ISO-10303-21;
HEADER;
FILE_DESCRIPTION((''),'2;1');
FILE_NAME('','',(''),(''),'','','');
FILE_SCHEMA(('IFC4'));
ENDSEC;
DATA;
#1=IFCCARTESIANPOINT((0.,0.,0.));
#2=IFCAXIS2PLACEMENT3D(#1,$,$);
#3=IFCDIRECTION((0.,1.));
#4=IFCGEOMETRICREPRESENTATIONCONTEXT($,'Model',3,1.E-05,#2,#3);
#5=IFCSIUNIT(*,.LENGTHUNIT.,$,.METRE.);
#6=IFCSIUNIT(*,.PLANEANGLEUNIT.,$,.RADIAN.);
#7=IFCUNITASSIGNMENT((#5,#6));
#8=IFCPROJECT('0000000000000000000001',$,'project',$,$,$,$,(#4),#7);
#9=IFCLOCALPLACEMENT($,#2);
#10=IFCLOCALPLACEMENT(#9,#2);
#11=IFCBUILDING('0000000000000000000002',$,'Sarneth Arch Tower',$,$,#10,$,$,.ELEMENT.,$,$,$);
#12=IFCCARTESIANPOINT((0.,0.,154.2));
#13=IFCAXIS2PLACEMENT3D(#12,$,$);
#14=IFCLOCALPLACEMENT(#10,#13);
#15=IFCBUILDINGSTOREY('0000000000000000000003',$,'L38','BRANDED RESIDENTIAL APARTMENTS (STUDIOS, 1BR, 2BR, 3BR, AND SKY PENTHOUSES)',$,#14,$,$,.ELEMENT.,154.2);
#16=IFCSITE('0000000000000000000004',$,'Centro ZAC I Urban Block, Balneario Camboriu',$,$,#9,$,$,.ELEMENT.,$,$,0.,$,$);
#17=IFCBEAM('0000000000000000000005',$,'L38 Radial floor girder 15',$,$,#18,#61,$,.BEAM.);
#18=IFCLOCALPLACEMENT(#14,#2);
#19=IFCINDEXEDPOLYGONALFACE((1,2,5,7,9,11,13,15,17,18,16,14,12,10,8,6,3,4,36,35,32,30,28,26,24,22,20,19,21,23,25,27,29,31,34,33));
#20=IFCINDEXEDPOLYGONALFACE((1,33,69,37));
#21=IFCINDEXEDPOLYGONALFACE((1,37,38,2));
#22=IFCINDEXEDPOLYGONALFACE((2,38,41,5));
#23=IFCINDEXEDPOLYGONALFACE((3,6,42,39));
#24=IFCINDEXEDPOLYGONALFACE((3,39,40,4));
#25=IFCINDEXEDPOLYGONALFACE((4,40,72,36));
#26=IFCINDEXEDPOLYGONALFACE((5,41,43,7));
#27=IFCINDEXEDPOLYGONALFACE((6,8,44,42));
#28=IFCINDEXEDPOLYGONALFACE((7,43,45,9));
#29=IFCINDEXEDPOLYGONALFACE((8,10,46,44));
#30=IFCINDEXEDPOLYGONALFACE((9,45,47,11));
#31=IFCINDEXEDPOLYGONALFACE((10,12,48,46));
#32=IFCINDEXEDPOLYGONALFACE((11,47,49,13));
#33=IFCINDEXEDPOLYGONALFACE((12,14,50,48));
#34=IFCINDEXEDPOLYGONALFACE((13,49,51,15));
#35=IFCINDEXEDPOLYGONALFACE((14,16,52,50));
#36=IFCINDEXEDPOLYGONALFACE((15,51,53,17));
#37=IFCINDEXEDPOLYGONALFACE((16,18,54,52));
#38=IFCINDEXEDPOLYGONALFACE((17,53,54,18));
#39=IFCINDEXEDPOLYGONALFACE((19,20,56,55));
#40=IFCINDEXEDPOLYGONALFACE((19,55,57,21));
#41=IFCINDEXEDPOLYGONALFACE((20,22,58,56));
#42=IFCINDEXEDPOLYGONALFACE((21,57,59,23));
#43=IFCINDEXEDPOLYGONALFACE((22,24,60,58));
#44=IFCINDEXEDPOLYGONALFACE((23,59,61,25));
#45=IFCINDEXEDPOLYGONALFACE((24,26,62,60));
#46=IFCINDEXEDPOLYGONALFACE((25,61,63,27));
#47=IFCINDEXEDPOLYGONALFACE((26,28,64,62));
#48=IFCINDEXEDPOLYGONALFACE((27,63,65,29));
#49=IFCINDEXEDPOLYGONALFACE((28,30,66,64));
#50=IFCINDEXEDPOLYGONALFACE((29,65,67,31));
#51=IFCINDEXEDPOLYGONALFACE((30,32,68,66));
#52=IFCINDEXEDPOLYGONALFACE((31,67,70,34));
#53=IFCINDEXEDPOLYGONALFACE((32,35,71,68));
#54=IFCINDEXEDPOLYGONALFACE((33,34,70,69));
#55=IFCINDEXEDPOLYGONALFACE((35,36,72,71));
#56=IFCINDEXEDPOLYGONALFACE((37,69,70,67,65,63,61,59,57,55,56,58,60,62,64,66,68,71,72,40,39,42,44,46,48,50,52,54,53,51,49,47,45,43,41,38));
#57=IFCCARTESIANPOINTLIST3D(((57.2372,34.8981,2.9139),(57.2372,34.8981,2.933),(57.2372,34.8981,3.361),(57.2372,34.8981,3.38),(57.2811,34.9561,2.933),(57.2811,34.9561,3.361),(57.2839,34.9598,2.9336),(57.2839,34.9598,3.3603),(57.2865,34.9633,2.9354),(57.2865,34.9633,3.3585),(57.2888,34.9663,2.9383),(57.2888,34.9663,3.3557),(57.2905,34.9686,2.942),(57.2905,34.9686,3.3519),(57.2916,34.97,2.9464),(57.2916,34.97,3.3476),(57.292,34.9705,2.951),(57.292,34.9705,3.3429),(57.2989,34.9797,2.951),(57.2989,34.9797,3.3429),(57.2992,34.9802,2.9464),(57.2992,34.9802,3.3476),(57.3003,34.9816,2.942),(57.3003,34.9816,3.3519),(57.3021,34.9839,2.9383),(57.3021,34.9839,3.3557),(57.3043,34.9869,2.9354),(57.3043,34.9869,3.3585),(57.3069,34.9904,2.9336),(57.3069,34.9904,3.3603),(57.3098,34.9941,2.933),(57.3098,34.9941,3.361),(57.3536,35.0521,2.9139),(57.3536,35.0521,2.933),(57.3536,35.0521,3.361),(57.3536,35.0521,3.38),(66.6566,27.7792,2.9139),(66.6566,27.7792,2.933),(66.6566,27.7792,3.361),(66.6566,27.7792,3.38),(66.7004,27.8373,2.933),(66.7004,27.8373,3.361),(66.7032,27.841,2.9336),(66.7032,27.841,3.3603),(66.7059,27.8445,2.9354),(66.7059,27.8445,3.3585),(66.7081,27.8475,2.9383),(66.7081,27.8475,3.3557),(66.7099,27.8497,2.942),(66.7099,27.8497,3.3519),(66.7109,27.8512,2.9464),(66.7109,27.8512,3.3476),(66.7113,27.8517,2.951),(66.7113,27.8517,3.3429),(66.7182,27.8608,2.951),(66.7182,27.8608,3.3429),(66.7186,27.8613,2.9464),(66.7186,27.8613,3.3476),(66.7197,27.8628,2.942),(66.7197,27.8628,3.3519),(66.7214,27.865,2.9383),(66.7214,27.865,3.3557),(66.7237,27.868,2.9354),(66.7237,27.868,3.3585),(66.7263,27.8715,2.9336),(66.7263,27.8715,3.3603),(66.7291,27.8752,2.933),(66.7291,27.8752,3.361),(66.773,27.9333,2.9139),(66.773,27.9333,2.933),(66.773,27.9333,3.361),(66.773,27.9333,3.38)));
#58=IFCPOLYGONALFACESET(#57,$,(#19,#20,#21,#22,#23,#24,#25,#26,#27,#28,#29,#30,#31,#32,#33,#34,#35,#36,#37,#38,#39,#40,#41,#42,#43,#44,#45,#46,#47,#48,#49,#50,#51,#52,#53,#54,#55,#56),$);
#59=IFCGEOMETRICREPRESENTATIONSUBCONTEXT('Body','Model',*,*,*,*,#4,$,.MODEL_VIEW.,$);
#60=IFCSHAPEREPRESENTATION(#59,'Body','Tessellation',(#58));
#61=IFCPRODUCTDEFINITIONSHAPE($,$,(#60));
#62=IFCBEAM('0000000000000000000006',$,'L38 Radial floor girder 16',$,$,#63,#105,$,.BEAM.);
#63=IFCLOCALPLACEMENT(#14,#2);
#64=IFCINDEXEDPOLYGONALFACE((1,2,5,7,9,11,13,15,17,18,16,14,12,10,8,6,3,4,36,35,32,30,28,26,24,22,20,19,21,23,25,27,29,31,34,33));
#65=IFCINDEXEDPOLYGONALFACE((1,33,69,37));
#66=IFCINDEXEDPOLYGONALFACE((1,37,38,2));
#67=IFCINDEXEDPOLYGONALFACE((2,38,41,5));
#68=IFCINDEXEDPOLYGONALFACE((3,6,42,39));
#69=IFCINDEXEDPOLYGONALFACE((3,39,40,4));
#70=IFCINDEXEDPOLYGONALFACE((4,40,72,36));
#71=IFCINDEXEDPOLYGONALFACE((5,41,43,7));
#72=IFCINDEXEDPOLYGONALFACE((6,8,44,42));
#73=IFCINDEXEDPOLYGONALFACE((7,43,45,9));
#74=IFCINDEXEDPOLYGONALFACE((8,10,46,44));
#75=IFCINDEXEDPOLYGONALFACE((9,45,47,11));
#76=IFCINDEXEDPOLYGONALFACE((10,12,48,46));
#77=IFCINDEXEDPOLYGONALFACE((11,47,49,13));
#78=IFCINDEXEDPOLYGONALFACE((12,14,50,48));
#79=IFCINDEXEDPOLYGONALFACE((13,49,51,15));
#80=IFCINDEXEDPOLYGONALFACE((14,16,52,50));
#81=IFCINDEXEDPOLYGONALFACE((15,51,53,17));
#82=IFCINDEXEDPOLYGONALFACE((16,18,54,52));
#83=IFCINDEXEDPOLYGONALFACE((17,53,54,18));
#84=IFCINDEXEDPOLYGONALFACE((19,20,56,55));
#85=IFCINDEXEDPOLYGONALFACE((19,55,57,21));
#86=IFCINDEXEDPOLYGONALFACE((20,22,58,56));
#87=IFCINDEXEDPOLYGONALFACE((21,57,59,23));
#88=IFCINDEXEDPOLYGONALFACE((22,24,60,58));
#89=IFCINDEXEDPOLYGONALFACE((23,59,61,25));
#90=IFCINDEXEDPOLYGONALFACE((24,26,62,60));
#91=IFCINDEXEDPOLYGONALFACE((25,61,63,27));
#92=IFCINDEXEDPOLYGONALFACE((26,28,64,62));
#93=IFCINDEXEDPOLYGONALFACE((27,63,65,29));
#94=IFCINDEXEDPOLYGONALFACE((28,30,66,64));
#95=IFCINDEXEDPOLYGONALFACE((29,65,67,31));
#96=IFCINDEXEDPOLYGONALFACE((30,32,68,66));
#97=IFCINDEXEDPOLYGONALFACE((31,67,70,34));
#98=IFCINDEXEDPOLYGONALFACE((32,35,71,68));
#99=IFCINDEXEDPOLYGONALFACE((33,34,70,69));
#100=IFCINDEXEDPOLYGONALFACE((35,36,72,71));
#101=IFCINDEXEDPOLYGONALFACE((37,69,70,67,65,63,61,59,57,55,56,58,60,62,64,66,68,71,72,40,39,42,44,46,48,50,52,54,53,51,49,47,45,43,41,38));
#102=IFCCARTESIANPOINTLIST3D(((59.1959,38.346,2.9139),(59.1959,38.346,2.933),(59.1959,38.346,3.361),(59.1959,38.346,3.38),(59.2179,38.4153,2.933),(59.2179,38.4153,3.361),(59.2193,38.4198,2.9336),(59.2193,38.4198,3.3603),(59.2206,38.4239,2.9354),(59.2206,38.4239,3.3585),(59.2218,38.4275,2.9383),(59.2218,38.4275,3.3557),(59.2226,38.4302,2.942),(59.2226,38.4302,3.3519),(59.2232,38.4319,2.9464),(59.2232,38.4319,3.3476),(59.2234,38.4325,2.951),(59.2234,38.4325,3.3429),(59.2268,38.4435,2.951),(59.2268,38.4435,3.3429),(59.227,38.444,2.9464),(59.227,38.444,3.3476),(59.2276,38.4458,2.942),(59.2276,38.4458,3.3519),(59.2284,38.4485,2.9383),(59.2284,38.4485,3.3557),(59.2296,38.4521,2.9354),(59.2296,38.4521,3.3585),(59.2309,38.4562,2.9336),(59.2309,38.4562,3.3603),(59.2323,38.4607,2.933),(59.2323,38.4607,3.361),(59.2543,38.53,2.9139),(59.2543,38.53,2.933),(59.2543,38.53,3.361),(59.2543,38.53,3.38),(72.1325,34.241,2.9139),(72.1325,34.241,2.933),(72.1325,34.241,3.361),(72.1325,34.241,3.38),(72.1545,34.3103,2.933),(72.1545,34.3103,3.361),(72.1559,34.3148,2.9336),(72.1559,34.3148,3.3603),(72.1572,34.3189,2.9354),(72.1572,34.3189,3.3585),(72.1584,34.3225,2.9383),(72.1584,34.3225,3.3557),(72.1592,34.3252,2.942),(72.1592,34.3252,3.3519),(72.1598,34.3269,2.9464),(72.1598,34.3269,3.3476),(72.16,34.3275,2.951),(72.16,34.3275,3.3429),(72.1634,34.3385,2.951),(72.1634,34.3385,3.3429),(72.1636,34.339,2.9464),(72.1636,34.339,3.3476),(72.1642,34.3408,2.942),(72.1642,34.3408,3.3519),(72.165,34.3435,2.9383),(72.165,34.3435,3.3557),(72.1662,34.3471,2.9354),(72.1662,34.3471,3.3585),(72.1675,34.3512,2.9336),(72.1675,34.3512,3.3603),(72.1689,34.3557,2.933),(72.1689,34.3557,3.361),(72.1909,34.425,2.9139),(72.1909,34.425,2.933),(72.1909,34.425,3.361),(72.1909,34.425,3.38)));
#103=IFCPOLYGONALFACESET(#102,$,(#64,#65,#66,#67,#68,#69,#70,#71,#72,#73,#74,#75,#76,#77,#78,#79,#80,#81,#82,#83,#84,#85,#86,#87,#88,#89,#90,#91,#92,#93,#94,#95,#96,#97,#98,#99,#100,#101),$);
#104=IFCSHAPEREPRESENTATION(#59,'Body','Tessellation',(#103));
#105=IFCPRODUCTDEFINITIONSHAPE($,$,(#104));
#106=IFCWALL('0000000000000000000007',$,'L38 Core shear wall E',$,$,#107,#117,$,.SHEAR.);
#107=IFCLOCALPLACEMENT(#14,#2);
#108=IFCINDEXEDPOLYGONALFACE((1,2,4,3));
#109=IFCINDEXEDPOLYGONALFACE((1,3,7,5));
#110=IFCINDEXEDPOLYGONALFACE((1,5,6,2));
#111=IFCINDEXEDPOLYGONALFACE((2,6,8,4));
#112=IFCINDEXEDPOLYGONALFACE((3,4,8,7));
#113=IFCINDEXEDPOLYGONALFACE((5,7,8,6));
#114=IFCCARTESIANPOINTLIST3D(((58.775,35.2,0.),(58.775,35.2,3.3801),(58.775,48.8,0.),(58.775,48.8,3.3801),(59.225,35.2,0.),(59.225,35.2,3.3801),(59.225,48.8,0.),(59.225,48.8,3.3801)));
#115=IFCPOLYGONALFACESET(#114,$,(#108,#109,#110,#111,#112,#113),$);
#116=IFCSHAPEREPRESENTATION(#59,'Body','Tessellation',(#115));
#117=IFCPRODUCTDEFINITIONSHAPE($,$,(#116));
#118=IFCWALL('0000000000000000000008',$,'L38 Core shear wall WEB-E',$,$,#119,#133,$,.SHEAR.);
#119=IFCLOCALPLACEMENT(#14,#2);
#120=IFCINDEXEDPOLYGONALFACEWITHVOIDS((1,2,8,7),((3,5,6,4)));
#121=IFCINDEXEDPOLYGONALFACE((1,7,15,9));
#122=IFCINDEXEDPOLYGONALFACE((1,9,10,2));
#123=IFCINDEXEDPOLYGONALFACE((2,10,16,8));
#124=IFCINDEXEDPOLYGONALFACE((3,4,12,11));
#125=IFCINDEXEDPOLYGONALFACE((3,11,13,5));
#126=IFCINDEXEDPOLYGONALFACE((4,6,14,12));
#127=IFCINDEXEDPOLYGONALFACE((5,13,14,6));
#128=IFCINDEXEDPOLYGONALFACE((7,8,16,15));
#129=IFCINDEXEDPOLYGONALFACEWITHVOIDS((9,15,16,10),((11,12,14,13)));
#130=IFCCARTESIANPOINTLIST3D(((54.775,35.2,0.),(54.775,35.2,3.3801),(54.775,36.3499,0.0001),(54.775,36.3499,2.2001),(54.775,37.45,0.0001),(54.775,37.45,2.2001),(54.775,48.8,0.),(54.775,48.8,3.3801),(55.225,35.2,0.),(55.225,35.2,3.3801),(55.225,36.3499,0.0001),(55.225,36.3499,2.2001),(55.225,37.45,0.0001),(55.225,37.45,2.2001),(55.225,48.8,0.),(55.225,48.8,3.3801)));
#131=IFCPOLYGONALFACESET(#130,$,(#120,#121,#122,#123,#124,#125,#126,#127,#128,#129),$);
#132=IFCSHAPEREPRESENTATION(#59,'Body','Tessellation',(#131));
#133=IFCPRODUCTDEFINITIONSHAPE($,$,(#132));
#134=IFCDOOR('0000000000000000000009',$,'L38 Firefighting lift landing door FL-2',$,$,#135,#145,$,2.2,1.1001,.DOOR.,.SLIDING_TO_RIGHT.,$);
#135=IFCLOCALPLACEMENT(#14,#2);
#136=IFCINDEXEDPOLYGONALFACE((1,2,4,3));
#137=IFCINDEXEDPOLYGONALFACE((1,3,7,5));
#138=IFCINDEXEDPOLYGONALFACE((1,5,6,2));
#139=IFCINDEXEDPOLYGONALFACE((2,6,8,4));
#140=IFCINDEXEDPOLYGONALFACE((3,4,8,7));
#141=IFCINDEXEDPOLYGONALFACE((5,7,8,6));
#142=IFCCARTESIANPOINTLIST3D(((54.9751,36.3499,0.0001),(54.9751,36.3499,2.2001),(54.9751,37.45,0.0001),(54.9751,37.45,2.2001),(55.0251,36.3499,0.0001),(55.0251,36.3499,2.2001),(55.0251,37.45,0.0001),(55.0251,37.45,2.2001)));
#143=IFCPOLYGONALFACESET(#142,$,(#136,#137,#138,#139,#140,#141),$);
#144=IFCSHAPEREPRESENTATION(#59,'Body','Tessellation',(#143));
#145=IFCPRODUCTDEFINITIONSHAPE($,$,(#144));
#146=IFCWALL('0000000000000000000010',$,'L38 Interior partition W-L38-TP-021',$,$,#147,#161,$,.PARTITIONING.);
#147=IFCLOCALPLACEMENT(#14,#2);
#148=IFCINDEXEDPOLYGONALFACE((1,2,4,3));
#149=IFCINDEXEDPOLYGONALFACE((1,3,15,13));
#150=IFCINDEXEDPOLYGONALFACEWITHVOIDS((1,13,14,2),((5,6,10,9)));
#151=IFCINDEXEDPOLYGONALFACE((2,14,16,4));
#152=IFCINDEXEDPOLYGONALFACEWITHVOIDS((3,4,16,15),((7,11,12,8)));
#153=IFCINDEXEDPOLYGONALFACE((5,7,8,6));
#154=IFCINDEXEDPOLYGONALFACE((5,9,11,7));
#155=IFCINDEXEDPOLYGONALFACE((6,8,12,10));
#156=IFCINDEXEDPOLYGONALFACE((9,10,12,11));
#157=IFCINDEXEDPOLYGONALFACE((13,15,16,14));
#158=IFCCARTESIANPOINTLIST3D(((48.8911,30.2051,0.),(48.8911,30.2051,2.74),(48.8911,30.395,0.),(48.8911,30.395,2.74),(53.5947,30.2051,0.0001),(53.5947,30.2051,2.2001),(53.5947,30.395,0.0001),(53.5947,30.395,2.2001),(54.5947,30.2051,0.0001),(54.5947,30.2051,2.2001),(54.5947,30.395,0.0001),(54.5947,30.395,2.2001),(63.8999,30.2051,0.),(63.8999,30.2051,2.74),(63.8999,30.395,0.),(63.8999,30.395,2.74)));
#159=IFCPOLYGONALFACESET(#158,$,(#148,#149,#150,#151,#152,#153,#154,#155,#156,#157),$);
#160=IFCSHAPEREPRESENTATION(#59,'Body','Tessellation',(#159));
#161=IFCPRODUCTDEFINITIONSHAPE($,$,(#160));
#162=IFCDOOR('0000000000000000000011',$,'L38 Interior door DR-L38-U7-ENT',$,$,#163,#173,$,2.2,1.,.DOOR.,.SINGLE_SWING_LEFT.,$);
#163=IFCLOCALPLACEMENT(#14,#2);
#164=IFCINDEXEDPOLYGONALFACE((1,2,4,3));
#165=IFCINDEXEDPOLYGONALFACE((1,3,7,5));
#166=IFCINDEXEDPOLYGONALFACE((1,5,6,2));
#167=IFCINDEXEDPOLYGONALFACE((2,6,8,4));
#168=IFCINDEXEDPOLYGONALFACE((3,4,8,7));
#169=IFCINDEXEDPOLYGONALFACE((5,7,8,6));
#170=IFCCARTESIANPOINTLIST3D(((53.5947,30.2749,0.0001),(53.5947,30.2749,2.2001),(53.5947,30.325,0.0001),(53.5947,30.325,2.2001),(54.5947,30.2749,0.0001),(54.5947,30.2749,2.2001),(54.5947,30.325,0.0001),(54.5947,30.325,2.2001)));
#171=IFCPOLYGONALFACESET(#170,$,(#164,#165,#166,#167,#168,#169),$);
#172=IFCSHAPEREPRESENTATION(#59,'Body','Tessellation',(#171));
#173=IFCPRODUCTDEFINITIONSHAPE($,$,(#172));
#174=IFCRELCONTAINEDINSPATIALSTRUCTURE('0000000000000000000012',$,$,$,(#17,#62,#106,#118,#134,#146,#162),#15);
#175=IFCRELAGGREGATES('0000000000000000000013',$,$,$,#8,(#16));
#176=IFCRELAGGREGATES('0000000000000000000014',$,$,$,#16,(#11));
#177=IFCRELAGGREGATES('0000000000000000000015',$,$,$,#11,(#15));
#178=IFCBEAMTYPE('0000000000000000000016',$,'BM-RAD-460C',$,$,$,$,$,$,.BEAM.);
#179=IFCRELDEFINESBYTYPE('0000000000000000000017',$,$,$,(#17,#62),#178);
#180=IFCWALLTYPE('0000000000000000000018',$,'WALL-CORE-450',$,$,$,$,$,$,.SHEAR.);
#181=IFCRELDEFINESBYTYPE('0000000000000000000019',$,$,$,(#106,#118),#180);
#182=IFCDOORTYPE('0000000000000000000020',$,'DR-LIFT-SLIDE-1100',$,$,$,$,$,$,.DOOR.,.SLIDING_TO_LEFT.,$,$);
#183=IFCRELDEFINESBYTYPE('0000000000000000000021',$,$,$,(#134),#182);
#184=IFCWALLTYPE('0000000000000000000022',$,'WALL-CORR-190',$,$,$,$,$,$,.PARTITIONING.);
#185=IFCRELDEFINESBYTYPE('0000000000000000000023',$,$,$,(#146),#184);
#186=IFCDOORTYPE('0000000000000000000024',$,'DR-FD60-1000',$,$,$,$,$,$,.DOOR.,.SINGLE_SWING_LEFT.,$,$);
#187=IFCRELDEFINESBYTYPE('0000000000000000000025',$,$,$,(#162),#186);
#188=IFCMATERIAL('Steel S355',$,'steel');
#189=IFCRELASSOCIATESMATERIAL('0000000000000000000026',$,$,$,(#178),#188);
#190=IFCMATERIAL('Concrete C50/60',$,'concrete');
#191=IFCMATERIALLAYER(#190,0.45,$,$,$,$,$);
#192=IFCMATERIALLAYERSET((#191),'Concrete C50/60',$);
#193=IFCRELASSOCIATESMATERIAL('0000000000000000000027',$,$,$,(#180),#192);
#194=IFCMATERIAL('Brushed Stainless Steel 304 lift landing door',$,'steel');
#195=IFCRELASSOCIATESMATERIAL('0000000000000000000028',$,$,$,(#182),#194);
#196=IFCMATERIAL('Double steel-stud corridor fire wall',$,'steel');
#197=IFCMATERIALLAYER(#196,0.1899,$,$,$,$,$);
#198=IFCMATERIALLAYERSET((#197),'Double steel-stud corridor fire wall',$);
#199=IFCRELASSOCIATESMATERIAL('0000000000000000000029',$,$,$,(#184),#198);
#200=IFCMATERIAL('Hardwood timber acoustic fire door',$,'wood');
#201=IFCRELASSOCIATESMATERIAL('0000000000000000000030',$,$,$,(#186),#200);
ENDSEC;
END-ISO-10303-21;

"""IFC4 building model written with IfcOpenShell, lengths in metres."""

from ifc_helpers import new_model, si_unit, direction, frame, frame_2d, origin, origin_2d, place, context, subcontext, project, spatial, rectangle, i_section, extrude, material, layer, layer_set, material_profile, profile_set, type_object, element, fill, save


model = new_model("IFC4")

# Units and contexts
model_context = context("Model", 3, precision=1e-05, world=origin(), true_north=direction((0.0, 1.0)))
body_context = subcontext(model_context, "Body", "Model", "MODEL_VIEW")
ifc_project = project(units=[si_unit("LENGTHUNIT", "METRE"), si_unit("PLANEANGLEUNIT", "RADIAN")], contexts=[model_context])

# Site, building, storey
site_placement = place(None, origin())
site = spatial("IfcSite", under=ifc_project, at=site_placement, Name="Centro ZAC I Urban Block, Balneario Camboriu", CompositionType="ELEMENT", RefElevation=0.0)
building_placement = place(site_placement, origin())
building = spatial("IfcBuilding", under=site, at=building_placement, Name="Sarneth Arch Tower", CompositionType="ELEMENT")
storey_placement = place(building_placement, frame((0.0, 0.0, 154.2)))
storey = spatial("IfcBuildingStorey", under=building, at=storey_placement, Name="L38", Description="BRANDED RESIDENTIAL APARTMENTS (STUDIOS, 1BR, 2BR, 3BR, AND SKY PENTHOUSES)", CompositionType="ELEMENT", Elevation=154.2)

# Beams
ifc_material_1 = material(Name="Steel S355", Category="steel")
ifc_material_profile_1 = material_profile(ifc_material_1, i_section(OverallWidth=0.1931, OverallDepth=0.4661, WebThickness=0.0115, FlangeThickness=0.019, FilletRadius=0.0181, at=origin_2d()), Name="W460x97")
ifc_profile_set_1 = profile_set([ifc_material_profile_1], Name="Steel S355")
beam_type_1 = type_object("IfcBeamType", Name="BM-RAD-460C", PredefinedType="BEAM", material=ifc_profile_set_1)
beam_1_placement = place(storey_placement, frame((57.2954, 34.9751, 3.147), z_axis=(0.797786, -0.60294, 0.0), x_axis=(0.60294, 0.797786, 0.0)))
element("IfcBeam", 1, at=beam_1_placement, inside=storey, type_object=beam_type_1, Name="L38 Radial floor girder 15", PredefinedType="BEAM", context=body_context, shape_type="SweptSolid", body=[
    extrude(i_section(OverallWidth=0.1931, OverallDepth=0.4661, WebThickness=0.0115, FlangeThickness=0.019, FilletRadius=0.0181, at=origin_2d()), origin(), (0.0, 0.0, 1.0), 11.8069),
])
beam_2_placement = place(storey_placement, frame((59.2251, 38.438, 3.147), z_axis=(0.953164, -0.302455, 0.0), x_axis=(0.302455, 0.953164, 0.0)))
element("IfcBeam", 2, at=beam_2_placement, inside=storey, type_object=beam_type_1, Name="L38 Radial floor girder 16", PredefinedType="BEAM", context=body_context, shape_type="SweptSolid", body=[
    extrude(i_section(OverallWidth=0.1931, OverallDepth=0.4661, WebThickness=0.0115, FlangeThickness=0.019, FilletRadius=0.0181, at=origin_2d()), origin(), (0.0, 0.0, 1.0), 13.5723),
])

# Shared definitions
ifc_material_2 = material(Name="Concrete C50/60", Category="concrete")
ifc_layer_1 = layer(ifc_material_2, 0.45)
ifc_layer_set_1 = layer_set([ifc_layer_1], Name="Concrete C50/60")
wall_type_1 = type_object("IfcWallType", Name="WALL-CORE-450", PredefinedType="SHEAR", material=ifc_layer_set_1)

# Wall
wall_1_placement = place(storey_placement, frame((59.0, 35.2, 0.0), z_axis=(0.0, 0.0, 1.0), x_axis=(0.0, 1.0, 0.0)))
element("IfcWall", 3, at=wall_1_placement, inside=storey, type_object=wall_type_1, Name="L38 Core shear wall E", PredefinedType="SHEAR", context=body_context, shape_type="SweptSolid", body=[
    extrude(rectangle(XDim=13.6001, YDim=0.45, at=frame_2d((6.8, 0.0))), origin(), (0.0, 0.0, 1.0), 3.3801),
])

# Walls, openings, doors
wall_2_placement = place(storey_placement, frame((55.0, 35.2, 0.0), z_axis=(0.0, 0.0, 1.0), x_axis=(0.0, 1.0, 0.0)))
wall_2 = element("IfcWall", 4, at=wall_2_placement, inside=storey, type_object=wall_type_1, Name="L38 Core shear wall WEB-E", PredefinedType="SHEAR", context=body_context, shape_type="SweptSolid", body=[
    extrude(rectangle(XDim=13.6001, YDim=0.45, at=frame_2d((6.8, 0.0))), origin(), (0.0, 0.0, 1.0), 3.3801),
])
opening_1_placement = place(wall_2_placement, frame((1.1499, 0.0, 0.0)))
opening_1 = element("IfcOpeningElement", 5, at=opening_1_placement, cuts=wall_2, PredefinedType="OPENING", context=body_context, shape_type="SweptSolid", body=[
    extrude(rectangle(XDim=1.1001, YDim=2.2, at=frame_2d((0.55, 1.1001))), frame((0.0, 0.2349, 0.0), z_axis=(0.0, -1.0, 0.0), x_axis=(1.0, 0.0, 0.0)), (0.0, 0.0, 1.0), 0.47),
])
ifc_material_3 = material(Name="Brushed Stainless Steel 304 lift landing door", Category="steel")
door_type_1 = type_object("IfcDoorType", Name="DR-LIFT-SLIDE-1100", OperationType="SLIDING_TO_LEFT", PredefinedType="DOOR", material=ifc_material_3)
door_1_placement = place(opening_1_placement, origin())
door_1 = element("IfcDoor", 6, at=door_1_placement, inside=storey, type_object=door_type_1, Name="L38 Firefighting lift landing door FL-2", OperationType="SLIDING_TO_RIGHT", OverallHeight=2.2, OverallWidth=1.1001, PredefinedType="DOOR", context=body_context, shape_type="SweptSolid", body=[
    extrude(rectangle(XDim=1.1001, YDim=2.2, at=frame_2d((0.55, 1.1001))), frame((0.0, 0.0249, 0.0), z_axis=(0.0, -1.0, 0.0), x_axis=(1.0, 0.0, 0.0)), (0.0, 0.0, 1.0), 0.05),
])
fill(opening_1, door_1)
ifc_material_4 = material(Name="Double steel-stud corridor fire wall", Category="steel")
ifc_layer_2 = layer(ifc_material_4, 0.1899)
ifc_layer_set_2 = layer_set([ifc_layer_2], Name="Double steel-stud corridor fire wall")
wall_type_2 = type_object("IfcWallType", Name="WALL-CORR-190", PredefinedType="PARTITIONING", material=ifc_layer_set_2)
wall_3_placement = place(storey_placement, frame((48.8911, 30.3, 0.0), z_axis=(0.0, 0.0, 1.0), x_axis=(1.0, 0.0, 0.0)))
wall_3 = element("IfcWall", 7, at=wall_3_placement, inside=storey, type_object=wall_type_2, Name="L38 Interior partition W-L38-TP-021", PredefinedType="PARTITIONING", context=body_context, shape_type="SweptSolid", body=[
    extrude(rectangle(XDim=15.0088, YDim=0.1899, at=frame_2d((7.5044, 0.0))), origin(), (0.0, 0.0, 1.0), 2.74),
])
opening_2_placement = place(wall_3_placement, frame((4.7036, 0.0, 0.0)))
opening_2 = element("IfcOpeningElement", 8, at=opening_2_placement, cuts=wall_3, PredefinedType="OPENING", context=body_context, shape_type="SweptSolid", body=[
    extrude(rectangle(XDim=1.0, YDim=2.2, at=frame_2d((0.5, 1.1001))), frame((0.0, 0.105, 0.0), z_axis=(0.0, -1.0, 0.0), x_axis=(1.0, 0.0, 0.0)), (0.0, 0.0, 1.0), 0.21),
])
ifc_material_5 = material(Name="Hardwood timber acoustic fire door", Category="wood")
door_type_2 = type_object("IfcDoorType", Name="DR-FD60-1000", OperationType="SINGLE_SWING_LEFT", PredefinedType="DOOR", material=ifc_material_5)
door_2_placement = place(opening_2_placement, origin())
door_2 = element("IfcDoor", 9, at=door_2_placement, inside=storey, type_object=door_type_2, Name="L38 Interior door DR-L38-U7-ENT", OperationType="SINGLE_SWING_LEFT", OverallHeight=2.2, OverallWidth=1.0, PredefinedType="DOOR", context=body_context, shape_type="SweptSolid", body=[
    extrude(rectangle(XDim=1.0, YDim=2.2, at=frame_2d((0.5, 1.1001))), frame((0.0, 0.0249, 0.0), z_axis=(0.0, -1.0, 0.0), x_axis=(1.0, 0.0, 0.0)), (0.0, 0.0, 1.0), 0.05),
])
fill(opening_2, door_2)

save(model, "model.ifc")
